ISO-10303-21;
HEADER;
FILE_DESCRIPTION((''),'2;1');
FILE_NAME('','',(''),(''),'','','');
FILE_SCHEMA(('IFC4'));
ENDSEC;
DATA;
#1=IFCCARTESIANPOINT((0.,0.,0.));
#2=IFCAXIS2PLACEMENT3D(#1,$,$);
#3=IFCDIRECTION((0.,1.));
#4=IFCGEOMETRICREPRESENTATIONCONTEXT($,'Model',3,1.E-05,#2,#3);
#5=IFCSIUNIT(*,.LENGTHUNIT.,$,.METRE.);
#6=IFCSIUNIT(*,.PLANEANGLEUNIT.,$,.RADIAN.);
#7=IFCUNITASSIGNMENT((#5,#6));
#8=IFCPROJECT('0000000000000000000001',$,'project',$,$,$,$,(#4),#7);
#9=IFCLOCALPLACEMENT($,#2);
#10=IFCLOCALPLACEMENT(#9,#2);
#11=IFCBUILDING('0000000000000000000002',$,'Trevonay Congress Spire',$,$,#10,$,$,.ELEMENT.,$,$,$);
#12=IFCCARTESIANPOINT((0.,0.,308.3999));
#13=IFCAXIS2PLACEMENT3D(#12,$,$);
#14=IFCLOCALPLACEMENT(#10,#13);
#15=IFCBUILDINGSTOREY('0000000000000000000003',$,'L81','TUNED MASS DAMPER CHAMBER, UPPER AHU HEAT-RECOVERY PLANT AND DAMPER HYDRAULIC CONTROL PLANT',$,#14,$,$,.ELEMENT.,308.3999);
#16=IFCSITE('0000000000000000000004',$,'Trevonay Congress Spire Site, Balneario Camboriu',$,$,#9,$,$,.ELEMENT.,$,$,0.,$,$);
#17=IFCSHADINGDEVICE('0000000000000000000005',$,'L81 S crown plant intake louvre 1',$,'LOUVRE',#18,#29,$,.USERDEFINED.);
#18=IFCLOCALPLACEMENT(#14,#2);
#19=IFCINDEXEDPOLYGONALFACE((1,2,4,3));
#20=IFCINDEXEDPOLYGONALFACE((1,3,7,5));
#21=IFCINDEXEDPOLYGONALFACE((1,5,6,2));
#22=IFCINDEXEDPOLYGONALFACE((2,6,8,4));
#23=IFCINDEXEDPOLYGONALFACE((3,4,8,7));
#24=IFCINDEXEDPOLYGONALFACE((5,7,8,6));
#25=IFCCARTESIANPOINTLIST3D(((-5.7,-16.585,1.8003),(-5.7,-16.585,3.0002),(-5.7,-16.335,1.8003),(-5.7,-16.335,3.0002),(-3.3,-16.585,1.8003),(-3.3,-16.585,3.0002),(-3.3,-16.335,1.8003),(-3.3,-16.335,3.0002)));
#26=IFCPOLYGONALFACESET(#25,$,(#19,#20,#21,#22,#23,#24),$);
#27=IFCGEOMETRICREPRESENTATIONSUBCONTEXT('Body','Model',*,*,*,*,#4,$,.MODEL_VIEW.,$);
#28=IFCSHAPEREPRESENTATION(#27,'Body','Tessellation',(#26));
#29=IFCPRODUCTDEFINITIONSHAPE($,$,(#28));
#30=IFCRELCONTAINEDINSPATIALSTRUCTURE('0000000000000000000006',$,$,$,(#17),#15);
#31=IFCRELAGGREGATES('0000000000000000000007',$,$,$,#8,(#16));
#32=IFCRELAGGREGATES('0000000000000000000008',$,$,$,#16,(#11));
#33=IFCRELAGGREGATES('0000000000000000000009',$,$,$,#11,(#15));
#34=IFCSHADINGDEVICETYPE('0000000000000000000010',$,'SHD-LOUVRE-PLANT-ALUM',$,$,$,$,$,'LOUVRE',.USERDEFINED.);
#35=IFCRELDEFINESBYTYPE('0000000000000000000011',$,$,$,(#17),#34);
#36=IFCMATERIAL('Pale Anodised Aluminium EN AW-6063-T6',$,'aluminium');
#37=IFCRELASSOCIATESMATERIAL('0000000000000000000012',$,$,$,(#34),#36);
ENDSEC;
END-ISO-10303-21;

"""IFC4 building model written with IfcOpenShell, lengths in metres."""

from ifc_helpers import new_model, si_unit, direction, frame, origin, origin_2d, place, context, subcontext, project, spatial, rectangle, extrude, material, type_object, element, save


model = new_model("IFC4")

# Units and contexts
model_context = context("Model", 3, precision=1e-05, world=origin(), true_north=direction((0.0, 1.0)))
body_context = subcontext(model_context, "Body", "Model", "MODEL_VIEW")
ifc_project = project(units=[si_unit("LENGTHUNIT", "METRE"), si_unit("PLANEANGLEUNIT", "RADIAN")], contexts=[model_context])

# Site, building, storey
site_placement = place(None, origin())
site = spatial("IfcSite", under=ifc_project, at=site_placement, Name="Trevonay Congress Spire Site, Balneario Camboriu", CompositionType="ELEMENT", RefElevation=0.0)
building_placement = place(site_placement, origin())
building = spatial("IfcBuilding", under=site, at=building_placement, Name="Trevonay Congress Spire", CompositionType="ELEMENT")
storey_placement = place(building_placement, frame((0.0, 0.0, 308.3999)))
storey = spatial("IfcBuildingStorey", under=building, at=storey_placement, Name="L81", Description="TUNED MASS DAMPER CHAMBER, UPPER AHU HEAT-RECOVERY PLANT AND DAMPER HYDRAULIC CONTROL PLANT", CompositionType="ELEMENT", Elevation=308.3999)

# Shared definitions
ifc_material_1 = material(Name="Pale Anodised Aluminium EN AW-6063-T6", Category="aluminium")

# Shading device
shading_device_type = type_object("IfcShadingDeviceType", Name="SHD-LOUVRE-PLANT-ALUM", ElementType="LOUVRE", PredefinedType="USERDEFINED", material=ifc_material_1)
shading_device_placement = place(storey_placement, frame((-4.5, -16.46, 1.8003), z_axis=(0.0, 0.0, 1.0), x_axis=(1.0, 0.0, 0.0)))
element("IfcShadingDevice", 1, at=shading_device_placement, inside=storey, type_object=shading_device_type, Name="L81 S crown plant intake louvre 1", ObjectType="LOUVRE", PredefinedType="USERDEFINED", context=body_context, shape_type="SweptSolid", body=[
    extrude(rectangle(XDim=2.3999, YDim=0.25, at=origin_2d()), origin(), (0.0, 0.0, 1.0), 1.2),
])

save(model, "model.ifc")
